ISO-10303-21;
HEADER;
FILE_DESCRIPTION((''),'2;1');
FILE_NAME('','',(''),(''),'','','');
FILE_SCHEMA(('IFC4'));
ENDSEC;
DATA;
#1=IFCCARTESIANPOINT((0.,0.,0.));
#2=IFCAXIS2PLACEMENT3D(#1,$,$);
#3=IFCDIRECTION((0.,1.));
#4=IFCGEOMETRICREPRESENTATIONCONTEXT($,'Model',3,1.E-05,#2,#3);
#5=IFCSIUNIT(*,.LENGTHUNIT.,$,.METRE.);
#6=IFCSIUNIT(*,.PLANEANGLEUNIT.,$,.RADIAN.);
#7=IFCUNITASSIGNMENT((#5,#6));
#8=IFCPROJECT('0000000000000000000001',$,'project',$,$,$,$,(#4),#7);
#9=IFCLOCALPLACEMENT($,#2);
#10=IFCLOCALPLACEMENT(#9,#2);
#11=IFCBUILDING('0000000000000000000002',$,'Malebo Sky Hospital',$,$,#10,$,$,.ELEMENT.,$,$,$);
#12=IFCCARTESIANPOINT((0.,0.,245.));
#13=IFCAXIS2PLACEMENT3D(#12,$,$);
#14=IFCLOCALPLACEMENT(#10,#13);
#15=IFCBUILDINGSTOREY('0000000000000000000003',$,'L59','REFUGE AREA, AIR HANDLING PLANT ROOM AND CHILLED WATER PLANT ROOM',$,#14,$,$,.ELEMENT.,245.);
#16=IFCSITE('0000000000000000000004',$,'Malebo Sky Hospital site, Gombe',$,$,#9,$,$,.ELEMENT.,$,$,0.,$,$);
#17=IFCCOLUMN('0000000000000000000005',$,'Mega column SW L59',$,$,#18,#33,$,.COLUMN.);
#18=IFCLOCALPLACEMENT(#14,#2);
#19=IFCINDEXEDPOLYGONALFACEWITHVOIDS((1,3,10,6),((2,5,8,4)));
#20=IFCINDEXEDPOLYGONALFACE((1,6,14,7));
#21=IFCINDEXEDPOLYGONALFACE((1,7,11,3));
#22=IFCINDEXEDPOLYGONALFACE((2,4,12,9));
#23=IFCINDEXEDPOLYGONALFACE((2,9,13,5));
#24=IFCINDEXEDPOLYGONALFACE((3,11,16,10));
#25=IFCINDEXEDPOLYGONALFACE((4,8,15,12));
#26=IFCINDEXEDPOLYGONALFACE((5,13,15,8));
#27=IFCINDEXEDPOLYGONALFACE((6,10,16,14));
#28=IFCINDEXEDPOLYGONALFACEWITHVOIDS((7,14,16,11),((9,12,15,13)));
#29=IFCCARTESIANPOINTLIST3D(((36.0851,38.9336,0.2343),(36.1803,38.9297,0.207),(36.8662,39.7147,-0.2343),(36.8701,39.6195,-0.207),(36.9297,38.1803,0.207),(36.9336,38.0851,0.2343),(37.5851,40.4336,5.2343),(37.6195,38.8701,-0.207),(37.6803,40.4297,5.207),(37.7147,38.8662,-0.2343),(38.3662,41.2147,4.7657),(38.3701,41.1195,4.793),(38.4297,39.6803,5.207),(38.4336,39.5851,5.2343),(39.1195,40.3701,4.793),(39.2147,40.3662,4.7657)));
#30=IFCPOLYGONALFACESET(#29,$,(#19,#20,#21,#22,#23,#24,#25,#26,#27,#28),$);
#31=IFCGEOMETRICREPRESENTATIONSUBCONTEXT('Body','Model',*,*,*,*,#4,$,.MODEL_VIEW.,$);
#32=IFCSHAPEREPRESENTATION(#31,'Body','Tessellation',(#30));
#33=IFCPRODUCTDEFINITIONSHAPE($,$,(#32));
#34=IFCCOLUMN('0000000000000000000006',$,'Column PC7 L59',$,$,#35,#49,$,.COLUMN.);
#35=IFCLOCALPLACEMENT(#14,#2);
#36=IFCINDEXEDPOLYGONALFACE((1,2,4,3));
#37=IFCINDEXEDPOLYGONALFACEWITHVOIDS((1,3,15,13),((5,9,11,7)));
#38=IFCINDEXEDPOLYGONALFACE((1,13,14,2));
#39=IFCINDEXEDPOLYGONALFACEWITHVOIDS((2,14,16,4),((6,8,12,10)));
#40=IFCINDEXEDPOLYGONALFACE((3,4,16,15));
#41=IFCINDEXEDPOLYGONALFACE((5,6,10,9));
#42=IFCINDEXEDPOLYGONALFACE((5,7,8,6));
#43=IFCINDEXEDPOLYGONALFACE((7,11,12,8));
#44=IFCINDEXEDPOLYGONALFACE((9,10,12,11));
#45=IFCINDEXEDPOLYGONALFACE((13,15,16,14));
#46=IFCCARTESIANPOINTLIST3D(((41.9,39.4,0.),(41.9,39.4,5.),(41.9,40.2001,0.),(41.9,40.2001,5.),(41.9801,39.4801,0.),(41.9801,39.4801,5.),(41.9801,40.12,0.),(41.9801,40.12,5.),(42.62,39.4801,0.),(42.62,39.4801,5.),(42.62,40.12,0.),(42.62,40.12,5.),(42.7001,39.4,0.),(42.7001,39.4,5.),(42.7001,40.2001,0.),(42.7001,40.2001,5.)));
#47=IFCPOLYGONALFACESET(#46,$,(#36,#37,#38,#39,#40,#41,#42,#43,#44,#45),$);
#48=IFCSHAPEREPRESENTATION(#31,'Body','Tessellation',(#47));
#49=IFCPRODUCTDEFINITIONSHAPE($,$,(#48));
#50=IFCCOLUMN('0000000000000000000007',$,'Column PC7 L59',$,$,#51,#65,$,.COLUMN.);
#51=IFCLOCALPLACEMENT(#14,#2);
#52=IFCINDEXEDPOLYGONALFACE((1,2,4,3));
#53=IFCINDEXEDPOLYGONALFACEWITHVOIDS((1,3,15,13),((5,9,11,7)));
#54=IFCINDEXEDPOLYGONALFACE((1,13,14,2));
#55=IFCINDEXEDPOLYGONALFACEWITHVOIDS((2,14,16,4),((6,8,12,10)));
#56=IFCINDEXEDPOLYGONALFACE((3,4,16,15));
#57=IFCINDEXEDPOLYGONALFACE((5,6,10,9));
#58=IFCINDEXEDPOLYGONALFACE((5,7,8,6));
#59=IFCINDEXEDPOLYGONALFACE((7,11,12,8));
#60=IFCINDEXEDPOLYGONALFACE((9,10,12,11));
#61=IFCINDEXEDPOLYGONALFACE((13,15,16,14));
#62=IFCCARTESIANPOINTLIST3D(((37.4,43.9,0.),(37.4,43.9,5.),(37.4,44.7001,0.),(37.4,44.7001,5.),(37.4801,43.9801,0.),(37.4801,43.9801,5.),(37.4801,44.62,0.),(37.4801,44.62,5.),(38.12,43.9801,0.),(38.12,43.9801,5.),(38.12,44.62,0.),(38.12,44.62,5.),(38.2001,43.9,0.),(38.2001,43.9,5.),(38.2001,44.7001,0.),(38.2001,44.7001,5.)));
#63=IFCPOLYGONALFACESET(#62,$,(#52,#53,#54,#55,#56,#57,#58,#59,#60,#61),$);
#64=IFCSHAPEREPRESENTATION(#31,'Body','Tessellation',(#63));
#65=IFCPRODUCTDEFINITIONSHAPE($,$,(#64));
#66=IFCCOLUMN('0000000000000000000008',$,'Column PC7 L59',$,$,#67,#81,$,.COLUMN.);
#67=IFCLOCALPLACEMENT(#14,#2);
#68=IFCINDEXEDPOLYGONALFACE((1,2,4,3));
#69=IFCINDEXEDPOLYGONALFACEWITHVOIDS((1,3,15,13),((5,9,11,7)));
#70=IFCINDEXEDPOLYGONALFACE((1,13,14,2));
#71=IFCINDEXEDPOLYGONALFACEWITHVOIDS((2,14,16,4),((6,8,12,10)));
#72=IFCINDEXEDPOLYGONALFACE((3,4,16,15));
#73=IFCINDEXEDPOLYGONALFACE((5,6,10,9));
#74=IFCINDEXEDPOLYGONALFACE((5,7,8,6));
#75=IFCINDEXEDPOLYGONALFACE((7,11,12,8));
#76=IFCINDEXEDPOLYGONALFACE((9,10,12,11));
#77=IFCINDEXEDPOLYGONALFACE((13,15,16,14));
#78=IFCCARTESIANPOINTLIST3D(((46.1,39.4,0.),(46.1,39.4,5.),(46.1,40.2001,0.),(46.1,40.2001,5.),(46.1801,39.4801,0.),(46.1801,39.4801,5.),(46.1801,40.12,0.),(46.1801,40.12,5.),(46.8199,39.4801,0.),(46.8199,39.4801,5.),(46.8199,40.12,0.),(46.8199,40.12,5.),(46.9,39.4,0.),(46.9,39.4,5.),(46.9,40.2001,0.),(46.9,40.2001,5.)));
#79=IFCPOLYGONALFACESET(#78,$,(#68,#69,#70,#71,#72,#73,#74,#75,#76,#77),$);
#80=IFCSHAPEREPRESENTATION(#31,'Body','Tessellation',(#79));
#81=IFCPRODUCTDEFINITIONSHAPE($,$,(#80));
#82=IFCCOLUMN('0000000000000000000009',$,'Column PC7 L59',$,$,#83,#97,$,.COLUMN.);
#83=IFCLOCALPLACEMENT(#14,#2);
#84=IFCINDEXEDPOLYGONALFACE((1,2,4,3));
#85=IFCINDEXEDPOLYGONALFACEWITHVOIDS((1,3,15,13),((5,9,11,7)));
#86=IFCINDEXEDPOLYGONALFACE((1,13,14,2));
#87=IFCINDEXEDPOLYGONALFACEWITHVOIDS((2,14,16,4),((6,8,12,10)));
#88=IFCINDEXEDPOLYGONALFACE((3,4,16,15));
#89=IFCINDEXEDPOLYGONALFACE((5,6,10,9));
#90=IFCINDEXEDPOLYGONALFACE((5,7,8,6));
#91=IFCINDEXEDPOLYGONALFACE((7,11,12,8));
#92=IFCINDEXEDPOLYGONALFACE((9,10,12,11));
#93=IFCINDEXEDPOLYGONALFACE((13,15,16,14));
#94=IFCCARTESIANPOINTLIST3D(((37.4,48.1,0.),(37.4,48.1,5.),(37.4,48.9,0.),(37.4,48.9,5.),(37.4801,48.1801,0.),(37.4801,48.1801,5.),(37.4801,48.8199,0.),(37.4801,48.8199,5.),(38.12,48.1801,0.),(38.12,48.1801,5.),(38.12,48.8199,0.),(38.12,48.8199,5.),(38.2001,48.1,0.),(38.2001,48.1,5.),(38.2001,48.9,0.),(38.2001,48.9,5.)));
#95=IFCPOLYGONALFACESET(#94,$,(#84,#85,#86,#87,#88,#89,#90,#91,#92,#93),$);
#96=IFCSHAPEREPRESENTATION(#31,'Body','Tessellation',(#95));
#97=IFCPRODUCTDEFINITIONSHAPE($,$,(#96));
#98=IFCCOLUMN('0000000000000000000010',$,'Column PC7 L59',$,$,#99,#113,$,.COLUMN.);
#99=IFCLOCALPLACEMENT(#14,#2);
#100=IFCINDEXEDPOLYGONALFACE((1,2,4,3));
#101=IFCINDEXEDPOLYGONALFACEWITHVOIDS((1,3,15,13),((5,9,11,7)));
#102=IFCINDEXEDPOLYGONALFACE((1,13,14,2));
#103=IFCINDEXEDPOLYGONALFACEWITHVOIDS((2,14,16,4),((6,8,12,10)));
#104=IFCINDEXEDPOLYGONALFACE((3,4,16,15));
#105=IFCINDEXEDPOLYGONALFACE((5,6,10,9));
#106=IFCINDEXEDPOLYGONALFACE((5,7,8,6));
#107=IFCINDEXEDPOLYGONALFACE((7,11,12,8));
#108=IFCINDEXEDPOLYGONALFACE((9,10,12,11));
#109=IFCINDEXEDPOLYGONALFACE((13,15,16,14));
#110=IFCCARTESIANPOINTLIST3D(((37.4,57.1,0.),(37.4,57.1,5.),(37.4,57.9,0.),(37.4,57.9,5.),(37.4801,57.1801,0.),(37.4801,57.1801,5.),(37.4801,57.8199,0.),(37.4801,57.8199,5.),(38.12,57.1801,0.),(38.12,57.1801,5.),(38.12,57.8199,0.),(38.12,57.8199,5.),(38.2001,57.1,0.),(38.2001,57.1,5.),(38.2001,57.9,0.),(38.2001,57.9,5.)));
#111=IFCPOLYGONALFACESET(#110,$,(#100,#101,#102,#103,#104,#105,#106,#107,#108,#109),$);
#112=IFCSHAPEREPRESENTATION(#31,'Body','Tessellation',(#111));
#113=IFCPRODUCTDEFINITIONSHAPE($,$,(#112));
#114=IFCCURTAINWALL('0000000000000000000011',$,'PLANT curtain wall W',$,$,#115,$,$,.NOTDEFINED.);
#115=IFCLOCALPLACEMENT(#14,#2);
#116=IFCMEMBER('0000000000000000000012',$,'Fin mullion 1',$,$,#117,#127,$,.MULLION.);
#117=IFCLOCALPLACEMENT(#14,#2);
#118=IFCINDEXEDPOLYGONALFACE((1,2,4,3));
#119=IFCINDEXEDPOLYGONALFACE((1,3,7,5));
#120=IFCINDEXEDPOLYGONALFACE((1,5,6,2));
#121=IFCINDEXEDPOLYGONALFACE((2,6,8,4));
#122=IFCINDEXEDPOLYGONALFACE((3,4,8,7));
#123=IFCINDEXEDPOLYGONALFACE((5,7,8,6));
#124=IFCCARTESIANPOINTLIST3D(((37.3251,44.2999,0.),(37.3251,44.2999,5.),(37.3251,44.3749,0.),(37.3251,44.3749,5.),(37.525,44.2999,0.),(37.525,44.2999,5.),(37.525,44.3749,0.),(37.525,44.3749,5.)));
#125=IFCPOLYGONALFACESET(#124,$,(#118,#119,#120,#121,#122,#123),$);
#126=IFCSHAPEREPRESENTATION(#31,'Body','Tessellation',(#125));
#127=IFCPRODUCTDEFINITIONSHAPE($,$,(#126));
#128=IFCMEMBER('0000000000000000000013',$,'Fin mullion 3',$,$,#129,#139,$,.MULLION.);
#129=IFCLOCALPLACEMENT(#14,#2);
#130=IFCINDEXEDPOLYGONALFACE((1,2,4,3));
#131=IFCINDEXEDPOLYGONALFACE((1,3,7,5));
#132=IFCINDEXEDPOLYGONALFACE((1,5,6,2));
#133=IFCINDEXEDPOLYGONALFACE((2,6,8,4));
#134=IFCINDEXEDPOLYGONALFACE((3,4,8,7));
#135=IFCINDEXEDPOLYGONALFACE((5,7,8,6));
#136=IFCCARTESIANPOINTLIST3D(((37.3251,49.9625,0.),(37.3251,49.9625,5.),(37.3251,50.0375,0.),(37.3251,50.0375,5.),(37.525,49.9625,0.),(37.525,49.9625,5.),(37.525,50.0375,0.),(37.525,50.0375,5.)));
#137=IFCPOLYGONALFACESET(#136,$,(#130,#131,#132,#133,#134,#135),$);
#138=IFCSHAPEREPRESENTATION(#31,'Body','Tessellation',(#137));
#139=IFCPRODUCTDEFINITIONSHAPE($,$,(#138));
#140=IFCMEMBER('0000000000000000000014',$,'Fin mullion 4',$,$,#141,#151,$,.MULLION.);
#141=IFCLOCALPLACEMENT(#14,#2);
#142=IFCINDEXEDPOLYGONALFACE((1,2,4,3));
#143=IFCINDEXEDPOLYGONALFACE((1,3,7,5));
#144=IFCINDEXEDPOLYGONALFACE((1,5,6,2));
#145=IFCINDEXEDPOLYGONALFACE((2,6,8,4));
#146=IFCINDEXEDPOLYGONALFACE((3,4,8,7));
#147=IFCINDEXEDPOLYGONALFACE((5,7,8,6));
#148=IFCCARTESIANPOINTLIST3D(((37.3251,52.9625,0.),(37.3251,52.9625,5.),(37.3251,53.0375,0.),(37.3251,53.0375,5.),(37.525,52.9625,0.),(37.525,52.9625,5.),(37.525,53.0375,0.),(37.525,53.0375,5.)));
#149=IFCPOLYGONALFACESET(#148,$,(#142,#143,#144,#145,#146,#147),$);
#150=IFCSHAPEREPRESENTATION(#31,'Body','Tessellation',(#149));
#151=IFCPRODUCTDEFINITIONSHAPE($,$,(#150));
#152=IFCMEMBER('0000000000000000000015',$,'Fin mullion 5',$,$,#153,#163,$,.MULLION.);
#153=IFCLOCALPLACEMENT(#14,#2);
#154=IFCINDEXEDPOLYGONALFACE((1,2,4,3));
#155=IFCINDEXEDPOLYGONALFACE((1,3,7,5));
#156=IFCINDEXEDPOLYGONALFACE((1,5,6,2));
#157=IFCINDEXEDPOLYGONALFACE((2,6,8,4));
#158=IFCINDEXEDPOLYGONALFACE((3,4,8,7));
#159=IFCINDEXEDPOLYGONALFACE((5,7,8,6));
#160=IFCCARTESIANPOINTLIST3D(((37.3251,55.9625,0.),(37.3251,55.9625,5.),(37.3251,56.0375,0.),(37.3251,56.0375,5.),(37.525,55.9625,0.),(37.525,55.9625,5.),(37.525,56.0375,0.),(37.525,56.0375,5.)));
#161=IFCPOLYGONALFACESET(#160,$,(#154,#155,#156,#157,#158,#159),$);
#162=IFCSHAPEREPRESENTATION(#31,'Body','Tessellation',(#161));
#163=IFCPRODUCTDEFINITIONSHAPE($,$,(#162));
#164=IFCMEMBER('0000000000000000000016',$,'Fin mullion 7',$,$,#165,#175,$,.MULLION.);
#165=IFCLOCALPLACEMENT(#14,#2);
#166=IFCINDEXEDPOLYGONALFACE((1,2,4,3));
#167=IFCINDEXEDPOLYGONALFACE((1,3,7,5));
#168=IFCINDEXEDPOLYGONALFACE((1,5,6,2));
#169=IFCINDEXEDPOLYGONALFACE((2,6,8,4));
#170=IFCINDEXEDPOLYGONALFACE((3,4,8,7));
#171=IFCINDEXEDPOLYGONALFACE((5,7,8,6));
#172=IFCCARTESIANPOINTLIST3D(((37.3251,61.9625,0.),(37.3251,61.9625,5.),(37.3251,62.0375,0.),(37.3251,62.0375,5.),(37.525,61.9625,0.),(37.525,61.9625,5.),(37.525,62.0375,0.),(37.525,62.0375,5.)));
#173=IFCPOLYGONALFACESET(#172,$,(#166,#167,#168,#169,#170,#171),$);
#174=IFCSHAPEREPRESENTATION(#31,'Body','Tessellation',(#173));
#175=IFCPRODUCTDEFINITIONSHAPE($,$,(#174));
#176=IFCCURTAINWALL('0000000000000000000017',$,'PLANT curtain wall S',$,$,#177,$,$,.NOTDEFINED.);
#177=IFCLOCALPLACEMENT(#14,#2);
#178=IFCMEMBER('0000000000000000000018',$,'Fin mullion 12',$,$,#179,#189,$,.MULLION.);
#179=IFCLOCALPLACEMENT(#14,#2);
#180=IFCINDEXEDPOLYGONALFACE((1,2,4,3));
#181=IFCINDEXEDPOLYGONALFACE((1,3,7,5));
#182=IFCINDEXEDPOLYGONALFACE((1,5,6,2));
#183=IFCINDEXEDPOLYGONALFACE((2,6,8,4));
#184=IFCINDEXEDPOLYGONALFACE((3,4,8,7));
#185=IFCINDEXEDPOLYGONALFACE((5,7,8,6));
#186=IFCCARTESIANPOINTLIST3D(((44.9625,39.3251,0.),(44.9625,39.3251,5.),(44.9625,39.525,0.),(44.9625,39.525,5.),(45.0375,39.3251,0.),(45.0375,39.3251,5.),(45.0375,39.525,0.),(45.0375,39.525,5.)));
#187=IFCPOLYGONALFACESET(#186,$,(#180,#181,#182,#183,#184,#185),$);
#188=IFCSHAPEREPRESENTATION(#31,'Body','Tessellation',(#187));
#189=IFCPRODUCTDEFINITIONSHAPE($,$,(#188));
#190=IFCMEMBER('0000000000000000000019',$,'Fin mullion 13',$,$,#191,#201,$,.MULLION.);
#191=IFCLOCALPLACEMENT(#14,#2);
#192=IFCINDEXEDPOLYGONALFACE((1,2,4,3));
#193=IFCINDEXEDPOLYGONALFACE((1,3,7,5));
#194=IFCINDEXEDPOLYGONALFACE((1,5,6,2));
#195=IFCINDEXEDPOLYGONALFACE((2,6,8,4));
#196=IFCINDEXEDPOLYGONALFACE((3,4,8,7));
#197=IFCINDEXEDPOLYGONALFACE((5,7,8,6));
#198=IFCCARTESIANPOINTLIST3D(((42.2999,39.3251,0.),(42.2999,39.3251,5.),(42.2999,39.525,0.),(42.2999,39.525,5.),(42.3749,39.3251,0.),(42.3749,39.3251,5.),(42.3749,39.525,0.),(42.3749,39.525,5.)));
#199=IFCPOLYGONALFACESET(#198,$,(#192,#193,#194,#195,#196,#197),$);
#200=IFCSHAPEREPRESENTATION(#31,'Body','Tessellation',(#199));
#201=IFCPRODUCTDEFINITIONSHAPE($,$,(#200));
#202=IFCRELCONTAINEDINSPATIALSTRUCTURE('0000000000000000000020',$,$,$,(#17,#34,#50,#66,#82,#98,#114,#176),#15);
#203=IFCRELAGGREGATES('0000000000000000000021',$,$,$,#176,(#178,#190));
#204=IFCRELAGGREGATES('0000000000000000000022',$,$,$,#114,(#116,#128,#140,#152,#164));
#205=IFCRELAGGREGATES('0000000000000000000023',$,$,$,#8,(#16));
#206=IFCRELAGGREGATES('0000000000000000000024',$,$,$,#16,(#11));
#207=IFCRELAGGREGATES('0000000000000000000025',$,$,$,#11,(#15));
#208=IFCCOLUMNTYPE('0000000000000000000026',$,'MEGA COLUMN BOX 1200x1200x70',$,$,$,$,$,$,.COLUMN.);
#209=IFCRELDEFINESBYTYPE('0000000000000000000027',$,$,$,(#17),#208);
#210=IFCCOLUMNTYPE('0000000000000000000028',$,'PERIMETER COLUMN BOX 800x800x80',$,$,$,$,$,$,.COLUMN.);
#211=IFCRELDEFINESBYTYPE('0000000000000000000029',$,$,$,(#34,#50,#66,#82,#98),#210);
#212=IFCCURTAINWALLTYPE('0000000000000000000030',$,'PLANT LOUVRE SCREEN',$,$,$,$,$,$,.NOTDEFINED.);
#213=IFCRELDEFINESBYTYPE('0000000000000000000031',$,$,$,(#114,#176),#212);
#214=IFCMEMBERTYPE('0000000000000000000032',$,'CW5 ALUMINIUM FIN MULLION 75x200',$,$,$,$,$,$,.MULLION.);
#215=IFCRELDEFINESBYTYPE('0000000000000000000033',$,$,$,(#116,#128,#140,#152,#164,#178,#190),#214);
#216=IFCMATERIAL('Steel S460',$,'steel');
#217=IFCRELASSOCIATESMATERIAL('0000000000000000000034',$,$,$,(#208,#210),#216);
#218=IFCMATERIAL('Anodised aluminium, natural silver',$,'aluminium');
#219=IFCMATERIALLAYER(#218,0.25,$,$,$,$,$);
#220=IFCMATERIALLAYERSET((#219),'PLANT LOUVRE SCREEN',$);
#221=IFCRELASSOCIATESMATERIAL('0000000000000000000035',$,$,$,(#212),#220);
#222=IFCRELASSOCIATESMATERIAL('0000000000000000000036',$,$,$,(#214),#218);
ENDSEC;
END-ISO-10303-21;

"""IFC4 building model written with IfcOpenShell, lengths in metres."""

from ifc_helpers import new_model, si_unit, direction, frame, origin, origin_2d, place, context, subcontext, project, spatial, rectangle, hollow_rectangle, extrude, material, layer, layer_set, material_profile, profile_set, type_object, element, aggregate, save


model = new_model("IFC4")

# Units and contexts
model_context = context("Model", 3, precision=1e-05, world=origin(), true_north=direction((0.0, 1.0)))
body_context = subcontext(model_context, "Body", "Model", "MODEL_VIEW")
ifc_project = project(units=[si_unit("LENGTHUNIT", "METRE"), si_unit("PLANEANGLEUNIT", "RADIAN")], contexts=[model_context])

# Site, building, storey
site_placement = place(None, origin())
site = spatial("IfcSite", under=ifc_project, at=site_placement, Name="Malebo Sky Hospital site, Gombe", CompositionType="ELEMENT", RefElevation=0.0)
building_placement = place(site_placement, origin())
building = spatial("IfcBuilding", under=site, at=building_placement, Name="Malebo Sky Hospital", CompositionType="ELEMENT")
storey_placement = place(building_placement, frame((0.0, 0.0, 245.0)))
storey = spatial("IfcBuildingStorey", under=building, at=storey_placement, Name="L59", Description="REFUGE AREA, AIR HANDLING PLANT ROOM AND CHILLED WATER PLANT ROOM", CompositionType="ELEMENT", Elevation=245.0)

# Columns
ifc_material_1 = material(Name="Steel S460", Category="steel")
ifc_material_profile_1 = material_profile(ifc_material_1, hollow_rectangle(XDim=1.2, YDim=1.2, WallThickness=0.0701, at=origin_2d()), Name="BOX 1200x1200x70")
ifc_profile_set_1 = profile_set([ifc_material_profile_1], Name="Steel S460")
column_type_1 = type_object("IfcColumnType", Name="MEGA COLUMN BOX 1200x1200x70", PredefinedType="COLUMN", material=ifc_profile_set_1)
column_placement = place(storey_placement, frame((36.8999, 38.8999, 0.0), z_axis=(0.276172, 0.276172, 0.920575), x_axis=(-0.707107, 0.707107, 0.0)))
element("IfcColumn", 1, at=column_placement, inside=storey, type_object=column_type_1, Name="Mega column SW L59", PredefinedType="COLUMN", context=body_context, shape_type="SweptSolid", body=[
    extrude(hollow_rectangle(XDim=1.2, YDim=1.2, WallThickness=0.0701, at=origin_2d()), origin(), (0.0, 0.0, 1.0), 5.4314),
])
ifc_material_profile_2 = material_profile(ifc_material_1, hollow_rectangle(XDim=0.8, YDim=0.8, WallThickness=0.0801, at=origin_2d()), Name="BOX 800x800x80")
ifc_profile_set_2 = profile_set([ifc_material_profile_2], Name="Steel S460")
column_type_2 = type_object("IfcColumnType", Name="PERIMETER COLUMN BOX 800x800x80", PredefinedType="COLUMN", material=ifc_profile_set_2)
for number, where, z_axis, x_axis, name in (
    (2, (42.3, 39.8, 0.0), (0.0, 0.0, 1.0), (1.0, 0.0, 0.0), "Column PC7 L59"),
    (3, (37.8, 44.3, 0.0), (0.0, 0.0, 1.0), (1.0, 0.0, 0.0), "Column PC7 L59"),
    (4, (46.5, 39.8, 0.0), (0.0, 0.0, 1.0), (1.0, 0.0, 0.0), "Column PC7 L59"),
    (5, (37.8, 48.5, 0.0), (0.0, 0.0, 1.0), (1.0, 0.0, 0.0), "Column PC7 L59"),
    (6, (37.8, 57.5, 0.0), (0.0, 0.0, 1.0), (1.0, 0.0, 0.0), "Column PC7 L59"),
):
    element("IfcColumn", number, at=place(storey_placement, frame(where, z_axis=z_axis, x_axis=x_axis)), inside=storey, type_object=column_type_2, Name=name, PredefinedType="COLUMN", context=body_context, shape_type="SweptSolid", body=[
        extrude(hollow_rectangle(XDim=0.8, YDim=0.8, WallThickness=0.0801, at=origin_2d()), origin(), (0.0, 0.0, 1.0), 5.0),
    ])

# Curtain walls, members
ifc_material_2 = material(Name="Anodised aluminium, natural silver", Category="aluminium")
ifc_layer_1 = layer(ifc_material_2, 0.25)
ifc_layer_set_1 = layer_set([ifc_layer_1], Name="PLANT LOUVRE SCREEN")
curtain_wall_type = type_object("IfcCurtainWallType", Name="PLANT LOUVRE SCREEN", PredefinedType="NOTDEFINED", material=ifc_layer_set_1)
curtain_wall_1_placement = place(storey_placement, origin())
curtain_wall_1 = element("IfcCurtainWall", 7, at=curtain_wall_1_placement, inside=storey, type_object=curtain_wall_type, Name="PLANT curtain wall W", PredefinedType="NOTDEFINED")
ifc_material_profile_3 = material_profile(ifc_material_2, rectangle(XDim=0.075, YDim=0.2, at=origin_2d()), Name="CW5 ALUMINIUM FIN MULLION 75x200")
ifc_profile_set_3 = profile_set([ifc_material_profile_3], Name="Anodised aluminium, natural silver")
member_type_1 = type_object("IfcMemberType", Name="CW5 ALUMINIUM FIN MULLION 75x200", PredefinedType="MULLION", material=ifc_profile_set_3)
member_1_placement = place(storey_placement, frame((37.425, 44.3374, 0.0), z_axis=(0.0, 0.0, 1.0), x_axis=(0.0, 1.0, 0.0)))
member_1 = element("IfcMember", 8, at=member_1_placement, type_object=member_type_1, Name="Fin mullion 1", PredefinedType="MULLION", context=body_context, shape_type="SweptSolid", body=[
    extrude(rectangle(XDim=0.075, YDim=0.2, at=origin_2d()), origin(), (0.0, 0.0, 1.0), 5.0),
])
member_2_placement = place(storey_placement, frame((37.425, 50.0, 0.0), z_axis=(0.0, 0.0, 1.0), x_axis=(0.0, 1.0, 0.0)))
member_2 = element("IfcMember", 9, at=member_2_placement, type_object=member_type_1, Name="Fin mullion 3", PredefinedType="MULLION", context=body_context, shape_type="SweptSolid", body=[
    extrude(rectangle(XDim=0.075, YDim=0.2, at=origin_2d()), origin(), (0.0, 0.0, 1.0), 5.0),
])
member_3_placement = place(storey_placement, frame((37.425, 53.0, 0.0), z_axis=(0.0, 0.0, 1.0), x_axis=(0.0, 1.0, 0.0)))
member_3 = element("IfcMember", 10, at=member_3_placement, type_object=member_type_1, Name="Fin mullion 4", PredefinedType="MULLION", context=body_context, shape_type="SweptSolid", body=[
    extrude(rectangle(XDim=0.075, YDim=0.2, at=origin_2d()), origin(), (0.0, 0.0, 1.0), 5.0),
])
member_4_placement = place(storey_placement, frame((37.425, 56.0, 0.0), z_axis=(0.0, 0.0, 1.0), x_axis=(0.0, 1.0, 0.0)))
member_4 = element("IfcMember", 11, at=member_4_placement, type_object=member_type_1, Name="Fin mullion 5", PredefinedType="MULLION", context=body_context, shape_type="SweptSolid", body=[
    extrude(rectangle(XDim=0.075, YDim=0.2, at=origin_2d()), origin(), (0.0, 0.0, 1.0), 5.0),
])
member_5_placement = place(storey_placement, frame((37.425, 62.0, 0.0), z_axis=(0.0, 0.0, 1.0), x_axis=(0.0, 1.0, 0.0)))
member_5 = element("IfcMember", 12, at=member_5_placement, type_object=member_type_1, Name="Fin mullion 7", PredefinedType="MULLION", context=body_context, shape_type="SweptSolid", body=[
    extrude(rectangle(XDim=0.075, YDim=0.2, at=origin_2d()), origin(), (0.0, 0.0, 1.0), 5.0),
])
curtain_wall_2_placement = place(storey_placement, origin())
curtain_wall_2 = element("IfcCurtainWall", 13, at=curtain_wall_2_placement, inside=storey, type_object=curtain_wall_type, Name="PLANT curtain wall S", PredefinedType="NOTDEFINED")
member_6_placement = place(storey_placement, frame((45.0, 39.425, 0.0), z_axis=(0.0, 0.0, 1.0), x_axis=(-1.0, 0.0, 0.0)))
member_6 = element("IfcMember", 14, at=member_6_placement, type_object=member_type_1, Name="Fin mullion 12", PredefinedType="MULLION", context=body_context, shape_type="SweptSolid", body=[
    extrude(rectangle(XDim=0.075, YDim=0.2, at=origin_2d()), origin(), (0.0, 0.0, 1.0), 5.0),
])
member_7_placement = place(storey_placement, frame((42.3374, 39.425, 0.0), z_axis=(0.0, 0.0, 1.0), x_axis=(-1.0, 0.0, 0.0)))
member_7 = element("IfcMember", 15, at=member_7_placement, type_object=member_type_1, Name="Fin mullion 13", PredefinedType="MULLION", context=body_context, shape_type="SweptSolid", body=[
    extrude(rectangle(XDim=0.075, YDim=0.2, at=origin_2d()), origin(), (0.0, 0.0, 1.0), 5.0),
])
aggregate(curtain_wall_2, [member_6, member_7])

aggregate(curtain_wall_1, [member_1, member_2, member_3, member_4, member_5])

save(model, "model.ifc")
